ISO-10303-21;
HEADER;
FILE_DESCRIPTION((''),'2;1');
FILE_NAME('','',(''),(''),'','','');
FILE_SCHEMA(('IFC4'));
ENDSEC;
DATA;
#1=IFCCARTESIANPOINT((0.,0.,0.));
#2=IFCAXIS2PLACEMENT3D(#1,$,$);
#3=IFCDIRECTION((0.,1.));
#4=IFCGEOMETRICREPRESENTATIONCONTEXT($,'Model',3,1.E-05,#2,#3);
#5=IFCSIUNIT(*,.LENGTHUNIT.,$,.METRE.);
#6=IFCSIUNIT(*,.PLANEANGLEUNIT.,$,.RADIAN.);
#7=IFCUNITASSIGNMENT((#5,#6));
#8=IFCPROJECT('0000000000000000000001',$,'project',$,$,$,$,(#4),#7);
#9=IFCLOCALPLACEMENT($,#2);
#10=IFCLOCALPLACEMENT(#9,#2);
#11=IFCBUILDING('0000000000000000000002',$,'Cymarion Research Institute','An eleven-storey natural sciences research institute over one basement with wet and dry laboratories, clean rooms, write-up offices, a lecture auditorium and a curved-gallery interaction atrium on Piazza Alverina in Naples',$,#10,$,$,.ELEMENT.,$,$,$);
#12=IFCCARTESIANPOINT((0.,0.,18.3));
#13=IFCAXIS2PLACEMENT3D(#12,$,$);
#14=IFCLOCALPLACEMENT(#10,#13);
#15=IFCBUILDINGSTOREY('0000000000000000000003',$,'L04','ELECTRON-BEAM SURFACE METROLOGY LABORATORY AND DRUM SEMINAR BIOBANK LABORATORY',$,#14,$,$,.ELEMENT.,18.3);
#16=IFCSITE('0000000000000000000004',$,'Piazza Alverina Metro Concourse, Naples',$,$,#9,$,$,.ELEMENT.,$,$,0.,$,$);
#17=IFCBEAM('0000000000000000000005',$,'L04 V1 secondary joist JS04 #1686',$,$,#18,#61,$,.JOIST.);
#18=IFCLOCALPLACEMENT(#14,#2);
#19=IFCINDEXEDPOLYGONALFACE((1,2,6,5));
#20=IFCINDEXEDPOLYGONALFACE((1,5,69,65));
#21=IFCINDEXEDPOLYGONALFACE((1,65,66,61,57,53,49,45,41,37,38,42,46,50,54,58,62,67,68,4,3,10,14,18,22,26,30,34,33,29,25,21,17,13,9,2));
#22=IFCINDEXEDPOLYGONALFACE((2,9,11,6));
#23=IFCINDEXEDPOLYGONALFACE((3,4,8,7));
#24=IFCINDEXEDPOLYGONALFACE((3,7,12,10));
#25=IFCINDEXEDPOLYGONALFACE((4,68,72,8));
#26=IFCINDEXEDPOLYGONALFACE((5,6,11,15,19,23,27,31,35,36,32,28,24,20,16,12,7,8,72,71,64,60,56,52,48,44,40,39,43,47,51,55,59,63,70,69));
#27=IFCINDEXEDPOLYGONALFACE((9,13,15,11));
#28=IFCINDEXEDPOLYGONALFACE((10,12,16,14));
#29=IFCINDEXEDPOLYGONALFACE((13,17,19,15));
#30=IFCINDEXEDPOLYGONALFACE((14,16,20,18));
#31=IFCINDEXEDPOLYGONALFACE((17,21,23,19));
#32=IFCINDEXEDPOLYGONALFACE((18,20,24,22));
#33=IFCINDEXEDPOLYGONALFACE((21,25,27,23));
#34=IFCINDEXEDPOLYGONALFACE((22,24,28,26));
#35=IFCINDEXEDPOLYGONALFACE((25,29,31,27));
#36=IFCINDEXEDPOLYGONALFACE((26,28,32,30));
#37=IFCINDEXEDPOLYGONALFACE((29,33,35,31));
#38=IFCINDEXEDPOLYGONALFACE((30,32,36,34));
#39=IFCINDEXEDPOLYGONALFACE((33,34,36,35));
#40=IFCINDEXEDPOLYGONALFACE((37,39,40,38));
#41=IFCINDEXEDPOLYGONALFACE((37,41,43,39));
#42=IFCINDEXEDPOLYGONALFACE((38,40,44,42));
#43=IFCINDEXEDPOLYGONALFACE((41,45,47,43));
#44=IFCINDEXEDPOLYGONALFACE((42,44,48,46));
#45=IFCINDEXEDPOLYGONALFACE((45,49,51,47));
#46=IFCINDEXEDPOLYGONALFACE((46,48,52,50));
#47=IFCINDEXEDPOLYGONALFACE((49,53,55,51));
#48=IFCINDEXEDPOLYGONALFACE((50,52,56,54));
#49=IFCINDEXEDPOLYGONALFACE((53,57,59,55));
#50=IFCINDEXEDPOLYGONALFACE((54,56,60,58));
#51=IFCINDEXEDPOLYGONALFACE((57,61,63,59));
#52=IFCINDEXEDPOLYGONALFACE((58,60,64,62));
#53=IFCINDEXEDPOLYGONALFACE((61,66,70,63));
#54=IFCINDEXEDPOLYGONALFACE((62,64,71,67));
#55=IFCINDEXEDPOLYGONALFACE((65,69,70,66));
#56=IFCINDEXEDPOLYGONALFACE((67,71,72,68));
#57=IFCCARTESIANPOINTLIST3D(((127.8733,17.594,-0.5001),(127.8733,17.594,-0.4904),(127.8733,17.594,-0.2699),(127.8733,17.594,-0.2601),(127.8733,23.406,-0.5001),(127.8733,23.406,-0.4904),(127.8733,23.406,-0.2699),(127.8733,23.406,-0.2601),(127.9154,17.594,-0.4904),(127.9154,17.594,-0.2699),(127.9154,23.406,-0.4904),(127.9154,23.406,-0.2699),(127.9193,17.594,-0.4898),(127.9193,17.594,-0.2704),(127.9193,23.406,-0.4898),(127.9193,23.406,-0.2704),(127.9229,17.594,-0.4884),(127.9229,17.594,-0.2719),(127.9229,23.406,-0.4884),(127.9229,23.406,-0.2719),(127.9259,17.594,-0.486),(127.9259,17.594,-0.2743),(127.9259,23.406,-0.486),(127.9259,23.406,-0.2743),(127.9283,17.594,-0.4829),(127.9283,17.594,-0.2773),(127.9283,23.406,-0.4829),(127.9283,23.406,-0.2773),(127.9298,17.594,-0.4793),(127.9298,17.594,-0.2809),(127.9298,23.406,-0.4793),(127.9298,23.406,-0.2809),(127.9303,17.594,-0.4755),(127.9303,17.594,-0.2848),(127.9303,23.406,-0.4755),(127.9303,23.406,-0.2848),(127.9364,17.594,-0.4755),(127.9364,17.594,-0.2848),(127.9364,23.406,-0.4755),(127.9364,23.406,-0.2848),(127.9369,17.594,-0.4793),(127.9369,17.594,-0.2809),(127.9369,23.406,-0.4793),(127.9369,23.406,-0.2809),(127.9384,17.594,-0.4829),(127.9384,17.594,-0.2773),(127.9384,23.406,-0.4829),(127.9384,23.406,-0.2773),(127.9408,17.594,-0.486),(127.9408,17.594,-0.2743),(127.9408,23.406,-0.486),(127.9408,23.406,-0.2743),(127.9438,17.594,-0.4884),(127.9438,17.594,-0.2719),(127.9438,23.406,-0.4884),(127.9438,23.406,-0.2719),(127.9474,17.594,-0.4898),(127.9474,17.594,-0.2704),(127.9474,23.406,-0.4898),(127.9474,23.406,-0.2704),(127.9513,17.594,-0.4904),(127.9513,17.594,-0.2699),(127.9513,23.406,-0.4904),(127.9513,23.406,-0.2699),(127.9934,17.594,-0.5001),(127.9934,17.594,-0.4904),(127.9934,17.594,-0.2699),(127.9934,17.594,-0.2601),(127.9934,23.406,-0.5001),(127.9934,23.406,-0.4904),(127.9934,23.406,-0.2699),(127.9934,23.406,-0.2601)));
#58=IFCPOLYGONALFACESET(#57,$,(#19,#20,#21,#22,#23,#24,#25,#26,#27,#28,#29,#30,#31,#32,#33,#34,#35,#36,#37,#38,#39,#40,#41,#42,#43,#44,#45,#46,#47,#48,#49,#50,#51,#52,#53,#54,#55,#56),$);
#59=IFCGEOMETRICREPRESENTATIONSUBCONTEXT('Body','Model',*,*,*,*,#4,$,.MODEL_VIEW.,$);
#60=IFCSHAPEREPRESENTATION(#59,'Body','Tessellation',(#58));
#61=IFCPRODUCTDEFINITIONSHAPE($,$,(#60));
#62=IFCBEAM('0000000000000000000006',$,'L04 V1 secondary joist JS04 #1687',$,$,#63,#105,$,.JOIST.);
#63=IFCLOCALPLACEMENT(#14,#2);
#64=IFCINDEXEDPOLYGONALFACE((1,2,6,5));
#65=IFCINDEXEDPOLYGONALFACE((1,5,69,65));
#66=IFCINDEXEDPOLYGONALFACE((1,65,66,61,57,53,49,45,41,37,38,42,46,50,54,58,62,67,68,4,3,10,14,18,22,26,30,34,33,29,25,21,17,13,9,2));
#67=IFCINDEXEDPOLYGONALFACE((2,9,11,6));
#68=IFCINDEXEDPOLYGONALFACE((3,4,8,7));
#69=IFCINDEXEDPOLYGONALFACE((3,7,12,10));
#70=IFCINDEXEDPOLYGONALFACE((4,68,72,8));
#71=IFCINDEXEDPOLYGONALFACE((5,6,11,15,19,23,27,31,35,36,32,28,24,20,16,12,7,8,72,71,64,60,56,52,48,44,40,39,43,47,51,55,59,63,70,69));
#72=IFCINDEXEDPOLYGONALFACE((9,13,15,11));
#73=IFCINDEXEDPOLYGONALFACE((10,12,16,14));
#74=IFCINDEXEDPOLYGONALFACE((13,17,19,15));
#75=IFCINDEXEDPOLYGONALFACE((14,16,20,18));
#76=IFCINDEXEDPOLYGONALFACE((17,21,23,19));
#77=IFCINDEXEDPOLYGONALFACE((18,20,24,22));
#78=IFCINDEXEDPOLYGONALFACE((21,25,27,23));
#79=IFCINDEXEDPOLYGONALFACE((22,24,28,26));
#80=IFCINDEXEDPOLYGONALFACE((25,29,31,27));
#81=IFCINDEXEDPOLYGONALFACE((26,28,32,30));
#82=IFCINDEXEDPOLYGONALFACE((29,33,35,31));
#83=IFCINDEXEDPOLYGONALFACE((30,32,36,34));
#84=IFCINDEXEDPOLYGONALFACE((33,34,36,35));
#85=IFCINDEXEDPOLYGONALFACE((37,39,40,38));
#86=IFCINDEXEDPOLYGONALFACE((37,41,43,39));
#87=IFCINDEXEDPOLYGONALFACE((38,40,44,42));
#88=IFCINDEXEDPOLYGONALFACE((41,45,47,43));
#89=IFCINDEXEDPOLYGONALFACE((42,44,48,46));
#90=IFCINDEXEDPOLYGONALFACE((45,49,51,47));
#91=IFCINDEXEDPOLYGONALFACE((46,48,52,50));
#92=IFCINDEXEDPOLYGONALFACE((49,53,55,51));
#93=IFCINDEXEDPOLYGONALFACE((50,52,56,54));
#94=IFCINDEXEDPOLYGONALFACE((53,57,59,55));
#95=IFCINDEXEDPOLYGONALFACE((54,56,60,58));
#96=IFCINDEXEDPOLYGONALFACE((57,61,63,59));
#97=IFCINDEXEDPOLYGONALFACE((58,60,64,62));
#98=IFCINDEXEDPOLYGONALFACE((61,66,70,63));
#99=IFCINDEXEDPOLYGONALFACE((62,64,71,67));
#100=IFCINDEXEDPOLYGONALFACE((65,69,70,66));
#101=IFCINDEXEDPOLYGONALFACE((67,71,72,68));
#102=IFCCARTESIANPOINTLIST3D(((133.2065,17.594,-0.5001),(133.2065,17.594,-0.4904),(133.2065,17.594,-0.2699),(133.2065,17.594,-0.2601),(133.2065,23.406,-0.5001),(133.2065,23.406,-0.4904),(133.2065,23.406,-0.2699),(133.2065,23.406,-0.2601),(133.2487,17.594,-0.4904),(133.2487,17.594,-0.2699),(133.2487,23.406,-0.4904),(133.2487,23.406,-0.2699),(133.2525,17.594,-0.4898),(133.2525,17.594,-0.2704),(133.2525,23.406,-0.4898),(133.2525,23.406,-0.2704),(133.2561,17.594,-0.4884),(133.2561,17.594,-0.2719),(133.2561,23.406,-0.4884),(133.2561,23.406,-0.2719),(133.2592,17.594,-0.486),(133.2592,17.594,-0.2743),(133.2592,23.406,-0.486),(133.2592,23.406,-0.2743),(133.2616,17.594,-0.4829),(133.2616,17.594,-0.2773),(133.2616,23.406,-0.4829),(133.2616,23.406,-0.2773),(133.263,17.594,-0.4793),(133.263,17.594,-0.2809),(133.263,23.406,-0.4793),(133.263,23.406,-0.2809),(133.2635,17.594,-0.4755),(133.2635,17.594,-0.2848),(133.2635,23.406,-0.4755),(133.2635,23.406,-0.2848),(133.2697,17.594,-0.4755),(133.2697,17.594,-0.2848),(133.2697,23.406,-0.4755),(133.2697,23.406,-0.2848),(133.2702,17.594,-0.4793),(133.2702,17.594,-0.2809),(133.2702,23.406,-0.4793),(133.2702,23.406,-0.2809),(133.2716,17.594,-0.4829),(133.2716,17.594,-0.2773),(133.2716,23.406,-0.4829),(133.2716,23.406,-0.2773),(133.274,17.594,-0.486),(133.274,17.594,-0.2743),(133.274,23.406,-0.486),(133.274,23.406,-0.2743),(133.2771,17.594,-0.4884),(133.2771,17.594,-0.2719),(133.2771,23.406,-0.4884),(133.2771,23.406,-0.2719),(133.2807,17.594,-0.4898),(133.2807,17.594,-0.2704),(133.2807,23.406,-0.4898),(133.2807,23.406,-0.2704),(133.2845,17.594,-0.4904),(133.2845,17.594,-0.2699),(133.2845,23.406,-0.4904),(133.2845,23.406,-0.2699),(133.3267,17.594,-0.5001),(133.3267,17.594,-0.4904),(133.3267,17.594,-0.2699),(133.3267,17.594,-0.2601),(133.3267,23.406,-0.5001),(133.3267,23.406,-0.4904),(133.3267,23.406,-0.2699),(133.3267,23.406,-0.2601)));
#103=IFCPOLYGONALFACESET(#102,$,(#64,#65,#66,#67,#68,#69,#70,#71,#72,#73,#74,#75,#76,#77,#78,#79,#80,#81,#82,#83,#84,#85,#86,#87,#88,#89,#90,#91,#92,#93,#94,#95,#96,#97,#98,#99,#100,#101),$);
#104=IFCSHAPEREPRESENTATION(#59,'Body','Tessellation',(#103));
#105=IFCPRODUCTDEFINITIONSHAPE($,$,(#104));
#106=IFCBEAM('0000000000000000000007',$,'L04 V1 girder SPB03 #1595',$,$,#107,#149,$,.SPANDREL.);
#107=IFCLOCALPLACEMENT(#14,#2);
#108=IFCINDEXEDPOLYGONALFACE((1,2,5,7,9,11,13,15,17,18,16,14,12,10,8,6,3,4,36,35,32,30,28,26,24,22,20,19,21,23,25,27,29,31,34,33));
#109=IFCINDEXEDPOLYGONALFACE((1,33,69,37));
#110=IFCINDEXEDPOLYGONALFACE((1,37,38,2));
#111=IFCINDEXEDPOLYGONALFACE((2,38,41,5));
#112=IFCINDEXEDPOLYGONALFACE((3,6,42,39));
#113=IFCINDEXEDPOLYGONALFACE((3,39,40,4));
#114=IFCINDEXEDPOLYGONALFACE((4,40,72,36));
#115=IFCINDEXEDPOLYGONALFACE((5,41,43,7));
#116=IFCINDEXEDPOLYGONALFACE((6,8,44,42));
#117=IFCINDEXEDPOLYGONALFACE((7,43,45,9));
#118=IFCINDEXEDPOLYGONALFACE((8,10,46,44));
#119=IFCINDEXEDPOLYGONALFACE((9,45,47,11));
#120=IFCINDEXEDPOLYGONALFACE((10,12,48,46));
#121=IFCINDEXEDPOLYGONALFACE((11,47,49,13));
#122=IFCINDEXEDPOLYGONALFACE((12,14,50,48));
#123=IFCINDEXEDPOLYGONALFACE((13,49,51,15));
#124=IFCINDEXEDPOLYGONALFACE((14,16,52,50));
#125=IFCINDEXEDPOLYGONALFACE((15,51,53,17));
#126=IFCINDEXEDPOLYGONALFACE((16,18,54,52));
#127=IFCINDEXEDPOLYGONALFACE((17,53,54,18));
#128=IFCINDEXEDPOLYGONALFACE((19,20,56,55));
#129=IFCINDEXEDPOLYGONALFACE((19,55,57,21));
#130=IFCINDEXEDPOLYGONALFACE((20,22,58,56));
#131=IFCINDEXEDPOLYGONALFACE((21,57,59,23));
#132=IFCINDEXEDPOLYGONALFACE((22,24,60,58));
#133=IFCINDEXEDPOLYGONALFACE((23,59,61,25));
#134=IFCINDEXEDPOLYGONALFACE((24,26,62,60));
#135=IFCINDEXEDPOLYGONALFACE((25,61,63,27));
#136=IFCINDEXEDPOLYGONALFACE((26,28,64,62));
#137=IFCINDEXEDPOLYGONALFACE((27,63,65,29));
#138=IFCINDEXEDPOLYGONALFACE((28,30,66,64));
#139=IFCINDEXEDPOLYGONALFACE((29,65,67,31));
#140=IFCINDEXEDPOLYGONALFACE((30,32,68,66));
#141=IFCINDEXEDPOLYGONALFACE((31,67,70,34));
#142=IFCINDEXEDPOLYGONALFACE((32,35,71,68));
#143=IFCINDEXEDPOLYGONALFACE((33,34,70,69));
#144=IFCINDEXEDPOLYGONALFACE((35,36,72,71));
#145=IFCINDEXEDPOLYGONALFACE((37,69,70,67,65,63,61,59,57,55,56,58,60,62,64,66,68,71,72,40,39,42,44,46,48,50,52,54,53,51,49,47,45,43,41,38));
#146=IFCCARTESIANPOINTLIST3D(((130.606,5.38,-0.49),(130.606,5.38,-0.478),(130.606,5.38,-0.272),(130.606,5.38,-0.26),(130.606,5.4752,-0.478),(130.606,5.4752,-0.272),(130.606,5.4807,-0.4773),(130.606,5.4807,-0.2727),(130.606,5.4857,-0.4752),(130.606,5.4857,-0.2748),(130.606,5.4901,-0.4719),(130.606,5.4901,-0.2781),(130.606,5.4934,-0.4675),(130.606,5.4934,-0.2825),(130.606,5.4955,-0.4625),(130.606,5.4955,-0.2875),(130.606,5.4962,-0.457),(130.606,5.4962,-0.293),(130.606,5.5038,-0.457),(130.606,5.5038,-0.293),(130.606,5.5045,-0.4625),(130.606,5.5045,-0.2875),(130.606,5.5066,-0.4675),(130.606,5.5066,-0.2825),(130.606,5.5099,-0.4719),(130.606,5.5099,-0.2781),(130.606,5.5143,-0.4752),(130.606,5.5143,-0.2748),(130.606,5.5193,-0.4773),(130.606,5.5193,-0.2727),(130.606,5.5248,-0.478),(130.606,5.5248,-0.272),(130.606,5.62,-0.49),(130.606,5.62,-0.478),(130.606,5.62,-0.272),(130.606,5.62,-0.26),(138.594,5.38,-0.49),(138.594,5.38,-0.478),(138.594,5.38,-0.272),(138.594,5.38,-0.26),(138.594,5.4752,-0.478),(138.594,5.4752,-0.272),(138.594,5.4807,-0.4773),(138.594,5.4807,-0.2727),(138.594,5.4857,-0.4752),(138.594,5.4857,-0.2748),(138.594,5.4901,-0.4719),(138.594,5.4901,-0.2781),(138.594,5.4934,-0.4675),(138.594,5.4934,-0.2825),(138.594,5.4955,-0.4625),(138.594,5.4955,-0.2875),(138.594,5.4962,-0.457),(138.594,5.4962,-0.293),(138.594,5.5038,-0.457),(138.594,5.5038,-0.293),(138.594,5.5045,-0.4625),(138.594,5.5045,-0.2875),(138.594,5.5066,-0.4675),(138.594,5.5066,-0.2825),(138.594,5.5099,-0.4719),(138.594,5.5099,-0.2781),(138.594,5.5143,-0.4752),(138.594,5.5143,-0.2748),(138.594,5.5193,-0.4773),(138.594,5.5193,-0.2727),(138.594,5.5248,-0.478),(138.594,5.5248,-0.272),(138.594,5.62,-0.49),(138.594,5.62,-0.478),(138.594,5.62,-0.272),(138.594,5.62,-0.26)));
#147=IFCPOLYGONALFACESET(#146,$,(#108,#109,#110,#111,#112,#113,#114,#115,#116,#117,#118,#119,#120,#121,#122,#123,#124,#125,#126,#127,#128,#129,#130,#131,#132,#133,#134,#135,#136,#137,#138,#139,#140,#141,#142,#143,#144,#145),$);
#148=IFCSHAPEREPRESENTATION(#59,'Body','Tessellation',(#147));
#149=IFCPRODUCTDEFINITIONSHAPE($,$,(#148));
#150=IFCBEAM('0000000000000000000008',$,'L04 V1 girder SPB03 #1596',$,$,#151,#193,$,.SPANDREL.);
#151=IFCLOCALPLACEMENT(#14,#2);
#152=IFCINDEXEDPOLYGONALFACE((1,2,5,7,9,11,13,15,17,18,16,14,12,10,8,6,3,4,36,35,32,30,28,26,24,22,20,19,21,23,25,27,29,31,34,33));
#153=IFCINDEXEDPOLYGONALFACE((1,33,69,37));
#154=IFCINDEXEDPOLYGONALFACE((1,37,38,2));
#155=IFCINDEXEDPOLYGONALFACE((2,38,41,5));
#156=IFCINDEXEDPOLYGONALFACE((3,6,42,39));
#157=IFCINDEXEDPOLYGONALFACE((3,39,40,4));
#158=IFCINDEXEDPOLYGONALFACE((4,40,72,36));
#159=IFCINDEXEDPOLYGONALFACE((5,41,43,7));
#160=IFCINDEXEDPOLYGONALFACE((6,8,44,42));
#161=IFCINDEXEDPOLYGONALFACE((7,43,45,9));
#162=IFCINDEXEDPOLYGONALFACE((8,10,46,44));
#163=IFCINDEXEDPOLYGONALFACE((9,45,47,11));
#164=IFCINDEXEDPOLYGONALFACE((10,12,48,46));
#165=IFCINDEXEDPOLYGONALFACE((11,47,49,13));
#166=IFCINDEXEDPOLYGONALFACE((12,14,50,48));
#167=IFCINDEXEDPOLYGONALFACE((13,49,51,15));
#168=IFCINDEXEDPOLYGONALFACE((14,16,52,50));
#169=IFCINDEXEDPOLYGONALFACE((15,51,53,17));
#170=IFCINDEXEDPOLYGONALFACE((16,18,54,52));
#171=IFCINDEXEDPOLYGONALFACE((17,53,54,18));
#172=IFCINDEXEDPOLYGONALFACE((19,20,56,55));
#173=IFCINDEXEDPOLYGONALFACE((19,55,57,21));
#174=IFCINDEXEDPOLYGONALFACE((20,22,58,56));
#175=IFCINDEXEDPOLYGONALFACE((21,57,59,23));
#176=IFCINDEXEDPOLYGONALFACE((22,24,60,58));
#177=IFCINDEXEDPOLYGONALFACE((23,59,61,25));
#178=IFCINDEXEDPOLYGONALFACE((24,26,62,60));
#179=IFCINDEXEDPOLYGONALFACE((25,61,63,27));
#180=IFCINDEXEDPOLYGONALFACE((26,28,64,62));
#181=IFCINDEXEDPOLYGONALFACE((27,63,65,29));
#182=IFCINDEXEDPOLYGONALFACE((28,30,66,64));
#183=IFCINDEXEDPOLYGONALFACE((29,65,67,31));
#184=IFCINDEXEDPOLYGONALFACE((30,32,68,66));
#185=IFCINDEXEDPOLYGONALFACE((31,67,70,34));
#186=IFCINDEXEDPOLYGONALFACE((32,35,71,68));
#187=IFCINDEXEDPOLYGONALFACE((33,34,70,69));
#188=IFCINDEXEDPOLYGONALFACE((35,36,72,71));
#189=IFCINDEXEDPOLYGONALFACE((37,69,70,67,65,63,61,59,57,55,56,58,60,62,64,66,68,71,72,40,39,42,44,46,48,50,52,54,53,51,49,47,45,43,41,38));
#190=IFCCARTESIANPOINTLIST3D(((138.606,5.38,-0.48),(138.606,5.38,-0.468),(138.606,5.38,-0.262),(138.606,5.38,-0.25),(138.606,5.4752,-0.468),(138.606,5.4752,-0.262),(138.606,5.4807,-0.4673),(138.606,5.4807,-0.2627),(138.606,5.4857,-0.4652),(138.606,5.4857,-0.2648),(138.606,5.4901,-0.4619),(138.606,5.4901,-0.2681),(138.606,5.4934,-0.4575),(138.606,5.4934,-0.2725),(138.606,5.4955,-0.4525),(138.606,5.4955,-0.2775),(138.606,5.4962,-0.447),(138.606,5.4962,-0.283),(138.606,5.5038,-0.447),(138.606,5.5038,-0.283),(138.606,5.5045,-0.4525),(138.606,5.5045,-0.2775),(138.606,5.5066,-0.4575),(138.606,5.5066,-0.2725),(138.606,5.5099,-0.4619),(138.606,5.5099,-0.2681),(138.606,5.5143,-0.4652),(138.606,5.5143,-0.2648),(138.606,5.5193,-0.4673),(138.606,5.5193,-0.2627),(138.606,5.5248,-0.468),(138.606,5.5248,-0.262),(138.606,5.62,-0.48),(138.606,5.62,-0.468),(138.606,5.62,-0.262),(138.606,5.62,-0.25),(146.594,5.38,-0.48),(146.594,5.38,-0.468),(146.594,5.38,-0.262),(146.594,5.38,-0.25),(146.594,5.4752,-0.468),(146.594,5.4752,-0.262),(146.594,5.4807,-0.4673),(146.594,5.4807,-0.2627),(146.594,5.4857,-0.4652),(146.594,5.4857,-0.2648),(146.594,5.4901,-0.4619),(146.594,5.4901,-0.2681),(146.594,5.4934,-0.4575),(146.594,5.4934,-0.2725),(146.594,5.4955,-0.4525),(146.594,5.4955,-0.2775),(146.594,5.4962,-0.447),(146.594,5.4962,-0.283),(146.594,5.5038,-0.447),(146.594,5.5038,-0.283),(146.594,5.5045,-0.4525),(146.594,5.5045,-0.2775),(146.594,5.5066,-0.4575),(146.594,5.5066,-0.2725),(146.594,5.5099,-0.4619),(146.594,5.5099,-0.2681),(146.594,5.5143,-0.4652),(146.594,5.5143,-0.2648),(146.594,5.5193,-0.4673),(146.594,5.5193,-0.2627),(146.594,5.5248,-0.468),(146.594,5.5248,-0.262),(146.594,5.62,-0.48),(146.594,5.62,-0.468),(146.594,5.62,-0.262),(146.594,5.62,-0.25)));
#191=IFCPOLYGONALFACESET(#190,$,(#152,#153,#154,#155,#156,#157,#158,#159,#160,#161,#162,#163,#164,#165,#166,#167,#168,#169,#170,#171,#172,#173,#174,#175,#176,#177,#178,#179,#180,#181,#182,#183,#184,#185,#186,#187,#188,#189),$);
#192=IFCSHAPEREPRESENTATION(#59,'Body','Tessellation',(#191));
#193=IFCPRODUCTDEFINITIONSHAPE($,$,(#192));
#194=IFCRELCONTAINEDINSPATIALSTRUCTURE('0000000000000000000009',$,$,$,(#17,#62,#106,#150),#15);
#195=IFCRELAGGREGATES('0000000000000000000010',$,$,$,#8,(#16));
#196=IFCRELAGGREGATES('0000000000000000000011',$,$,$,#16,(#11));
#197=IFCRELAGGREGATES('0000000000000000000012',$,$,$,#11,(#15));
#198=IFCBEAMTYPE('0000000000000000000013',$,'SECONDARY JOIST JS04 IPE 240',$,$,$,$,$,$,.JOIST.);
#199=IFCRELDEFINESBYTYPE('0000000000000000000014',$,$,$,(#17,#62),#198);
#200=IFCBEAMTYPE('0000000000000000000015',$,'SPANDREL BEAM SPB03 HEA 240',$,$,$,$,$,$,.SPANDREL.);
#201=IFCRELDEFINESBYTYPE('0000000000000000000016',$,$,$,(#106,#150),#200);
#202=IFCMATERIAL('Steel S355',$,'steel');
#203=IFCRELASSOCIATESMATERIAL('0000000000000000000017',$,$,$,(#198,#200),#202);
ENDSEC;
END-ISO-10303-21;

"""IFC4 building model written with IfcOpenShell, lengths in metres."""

from ifc_helpers import new_model, si_unit, direction, frame, origin, origin_2d, place, context, subcontext, project, spatial, i_section, extrude, material, material_profile, profile_set, type_object, element, save


model = new_model("IFC4")

# Units and contexts
model_context = context("Model", 3, precision=1e-05, world=origin(), true_north=direction((0.0, 1.0)))
body_context = subcontext(model_context, "Body", "Model", "MODEL_VIEW")
ifc_project = project(units=[si_unit("LENGTHUNIT", "METRE"), si_unit("PLANEANGLEUNIT", "RADIAN")], contexts=[model_context])

# Site, building, storey
site_placement = place(None, origin())
site = spatial("IfcSite", under=ifc_project, at=site_placement, Name="Piazza Alverina Metro Concourse, Naples", CompositionType="ELEMENT", RefElevation=0.0)
building_placement = place(site_placement, origin())
building = spatial("IfcBuilding", under=site, at=building_placement, Name="Cymarion Research Institute", Description="An eleven-storey natural sciences research institute over one basement with wet and dry laboratories, clean rooms, write-up offices, a lecture auditorium and a curved-gallery interaction atrium on Piazza Alverina in Naples", CompositionType="ELEMENT")
storey_placement = place(building_placement, frame((0.0, 0.0, 18.3)))
storey = spatial("IfcBuildingStorey", under=building, at=storey_placement, Name="L04", Description="ELECTRON-BEAM SURFACE METROLOGY LABORATORY AND DRUM SEMINAR BIOBANK LABORATORY", CompositionType="ELEMENT", Elevation=18.3)

# Shared definitions
ifc_material_1 = material(Name="Steel S355", Category="steel")

# Beams
ifc_material_profile_1 = material_profile(ifc_material_1, i_section(OverallWidth=0.1201, OverallDepth=0.24, WebThickness=0.0061, FlangeThickness=0.0098, FilletRadius=0.0149, at=origin_2d()), Name="IPE 240")
ifc_profile_set_1 = profile_set([ifc_material_profile_1], Name="Steel S355")
beam_type_1 = type_object("IfcBeamType", Name="SECONDARY JOIST JS04 IPE 240", PredefinedType="JOIST", material=ifc_profile_set_1)
for number, where, z_axis, x_axis, name in (
    (1, (127.9333, 17.594, -0.3801), (0.0, 1.0, 0.0), (-1.0, 0.0, 0.0), "L04 V1 secondary joist JS04 #1686"),
    (2, (133.2666, 17.594, -0.3801), (0.0, 1.0, 0.0), (-1.0, 0.0, 0.0), "L04 V1 secondary joist JS04 #1687"),
):
    element("IfcBeam", number, at=place(storey_placement, frame(where, z_axis=z_axis, x_axis=x_axis)), inside=storey, type_object=beam_type_1, Name=name, PredefinedType="JOIST", context=body_context, shape_type="SweptSolid", body=[
        extrude(i_section(OverallWidth=0.1201, OverallDepth=0.24, WebThickness=0.0061, FlangeThickness=0.0098, FilletRadius=0.0149, at=origin_2d()), origin(), (0.0, 0.0, 1.0), 5.812),
    ])
ifc_material_profile_2 = material_profile(ifc_material_1, i_section(OverallWidth=0.24, OverallDepth=0.23, WebThickness=0.0076, FlangeThickness=0.012, FilletRadius=0.021, at=origin_2d()), Name="HEA 240")
ifc_profile_set_2 = profile_set([ifc_material_profile_2], Name="Steel S355")
beam_type_2 = type_object("IfcBeamType", Name="SPANDREL BEAM SPB03 HEA 240", PredefinedType="SPANDREL", material=ifc_profile_set_2)
for number, where, z_axis, x_axis, name in (
    (3, (130.606, 5.5, -0.375), (1.0, 0.0, 0.0), (0.0, 1.0, 0.0), "L04 V1 girder SPB03 #1595"),
    (4, (138.606, 5.5, -0.365), (1.0, 0.0, 0.0), (0.0, 1.0, 0.0), "L04 V1 girder SPB03 #1596"),
):
    element("IfcBeam", number, at=place(storey_placement, frame(where, z_axis=z_axis, x_axis=x_axis)), inside=storey, type_object=beam_type_2, Name=name, PredefinedType="SPANDREL", context=body_context, shape_type="SweptSolid", body=[
        extrude(i_section(OverallWidth=0.24, OverallDepth=0.23, WebThickness=0.0076, FlangeThickness=0.012, FilletRadius=0.021, at=origin_2d()), origin(), (0.0, 0.0, 1.0), 7.988),
    ])

save(model, "model.ifc")
